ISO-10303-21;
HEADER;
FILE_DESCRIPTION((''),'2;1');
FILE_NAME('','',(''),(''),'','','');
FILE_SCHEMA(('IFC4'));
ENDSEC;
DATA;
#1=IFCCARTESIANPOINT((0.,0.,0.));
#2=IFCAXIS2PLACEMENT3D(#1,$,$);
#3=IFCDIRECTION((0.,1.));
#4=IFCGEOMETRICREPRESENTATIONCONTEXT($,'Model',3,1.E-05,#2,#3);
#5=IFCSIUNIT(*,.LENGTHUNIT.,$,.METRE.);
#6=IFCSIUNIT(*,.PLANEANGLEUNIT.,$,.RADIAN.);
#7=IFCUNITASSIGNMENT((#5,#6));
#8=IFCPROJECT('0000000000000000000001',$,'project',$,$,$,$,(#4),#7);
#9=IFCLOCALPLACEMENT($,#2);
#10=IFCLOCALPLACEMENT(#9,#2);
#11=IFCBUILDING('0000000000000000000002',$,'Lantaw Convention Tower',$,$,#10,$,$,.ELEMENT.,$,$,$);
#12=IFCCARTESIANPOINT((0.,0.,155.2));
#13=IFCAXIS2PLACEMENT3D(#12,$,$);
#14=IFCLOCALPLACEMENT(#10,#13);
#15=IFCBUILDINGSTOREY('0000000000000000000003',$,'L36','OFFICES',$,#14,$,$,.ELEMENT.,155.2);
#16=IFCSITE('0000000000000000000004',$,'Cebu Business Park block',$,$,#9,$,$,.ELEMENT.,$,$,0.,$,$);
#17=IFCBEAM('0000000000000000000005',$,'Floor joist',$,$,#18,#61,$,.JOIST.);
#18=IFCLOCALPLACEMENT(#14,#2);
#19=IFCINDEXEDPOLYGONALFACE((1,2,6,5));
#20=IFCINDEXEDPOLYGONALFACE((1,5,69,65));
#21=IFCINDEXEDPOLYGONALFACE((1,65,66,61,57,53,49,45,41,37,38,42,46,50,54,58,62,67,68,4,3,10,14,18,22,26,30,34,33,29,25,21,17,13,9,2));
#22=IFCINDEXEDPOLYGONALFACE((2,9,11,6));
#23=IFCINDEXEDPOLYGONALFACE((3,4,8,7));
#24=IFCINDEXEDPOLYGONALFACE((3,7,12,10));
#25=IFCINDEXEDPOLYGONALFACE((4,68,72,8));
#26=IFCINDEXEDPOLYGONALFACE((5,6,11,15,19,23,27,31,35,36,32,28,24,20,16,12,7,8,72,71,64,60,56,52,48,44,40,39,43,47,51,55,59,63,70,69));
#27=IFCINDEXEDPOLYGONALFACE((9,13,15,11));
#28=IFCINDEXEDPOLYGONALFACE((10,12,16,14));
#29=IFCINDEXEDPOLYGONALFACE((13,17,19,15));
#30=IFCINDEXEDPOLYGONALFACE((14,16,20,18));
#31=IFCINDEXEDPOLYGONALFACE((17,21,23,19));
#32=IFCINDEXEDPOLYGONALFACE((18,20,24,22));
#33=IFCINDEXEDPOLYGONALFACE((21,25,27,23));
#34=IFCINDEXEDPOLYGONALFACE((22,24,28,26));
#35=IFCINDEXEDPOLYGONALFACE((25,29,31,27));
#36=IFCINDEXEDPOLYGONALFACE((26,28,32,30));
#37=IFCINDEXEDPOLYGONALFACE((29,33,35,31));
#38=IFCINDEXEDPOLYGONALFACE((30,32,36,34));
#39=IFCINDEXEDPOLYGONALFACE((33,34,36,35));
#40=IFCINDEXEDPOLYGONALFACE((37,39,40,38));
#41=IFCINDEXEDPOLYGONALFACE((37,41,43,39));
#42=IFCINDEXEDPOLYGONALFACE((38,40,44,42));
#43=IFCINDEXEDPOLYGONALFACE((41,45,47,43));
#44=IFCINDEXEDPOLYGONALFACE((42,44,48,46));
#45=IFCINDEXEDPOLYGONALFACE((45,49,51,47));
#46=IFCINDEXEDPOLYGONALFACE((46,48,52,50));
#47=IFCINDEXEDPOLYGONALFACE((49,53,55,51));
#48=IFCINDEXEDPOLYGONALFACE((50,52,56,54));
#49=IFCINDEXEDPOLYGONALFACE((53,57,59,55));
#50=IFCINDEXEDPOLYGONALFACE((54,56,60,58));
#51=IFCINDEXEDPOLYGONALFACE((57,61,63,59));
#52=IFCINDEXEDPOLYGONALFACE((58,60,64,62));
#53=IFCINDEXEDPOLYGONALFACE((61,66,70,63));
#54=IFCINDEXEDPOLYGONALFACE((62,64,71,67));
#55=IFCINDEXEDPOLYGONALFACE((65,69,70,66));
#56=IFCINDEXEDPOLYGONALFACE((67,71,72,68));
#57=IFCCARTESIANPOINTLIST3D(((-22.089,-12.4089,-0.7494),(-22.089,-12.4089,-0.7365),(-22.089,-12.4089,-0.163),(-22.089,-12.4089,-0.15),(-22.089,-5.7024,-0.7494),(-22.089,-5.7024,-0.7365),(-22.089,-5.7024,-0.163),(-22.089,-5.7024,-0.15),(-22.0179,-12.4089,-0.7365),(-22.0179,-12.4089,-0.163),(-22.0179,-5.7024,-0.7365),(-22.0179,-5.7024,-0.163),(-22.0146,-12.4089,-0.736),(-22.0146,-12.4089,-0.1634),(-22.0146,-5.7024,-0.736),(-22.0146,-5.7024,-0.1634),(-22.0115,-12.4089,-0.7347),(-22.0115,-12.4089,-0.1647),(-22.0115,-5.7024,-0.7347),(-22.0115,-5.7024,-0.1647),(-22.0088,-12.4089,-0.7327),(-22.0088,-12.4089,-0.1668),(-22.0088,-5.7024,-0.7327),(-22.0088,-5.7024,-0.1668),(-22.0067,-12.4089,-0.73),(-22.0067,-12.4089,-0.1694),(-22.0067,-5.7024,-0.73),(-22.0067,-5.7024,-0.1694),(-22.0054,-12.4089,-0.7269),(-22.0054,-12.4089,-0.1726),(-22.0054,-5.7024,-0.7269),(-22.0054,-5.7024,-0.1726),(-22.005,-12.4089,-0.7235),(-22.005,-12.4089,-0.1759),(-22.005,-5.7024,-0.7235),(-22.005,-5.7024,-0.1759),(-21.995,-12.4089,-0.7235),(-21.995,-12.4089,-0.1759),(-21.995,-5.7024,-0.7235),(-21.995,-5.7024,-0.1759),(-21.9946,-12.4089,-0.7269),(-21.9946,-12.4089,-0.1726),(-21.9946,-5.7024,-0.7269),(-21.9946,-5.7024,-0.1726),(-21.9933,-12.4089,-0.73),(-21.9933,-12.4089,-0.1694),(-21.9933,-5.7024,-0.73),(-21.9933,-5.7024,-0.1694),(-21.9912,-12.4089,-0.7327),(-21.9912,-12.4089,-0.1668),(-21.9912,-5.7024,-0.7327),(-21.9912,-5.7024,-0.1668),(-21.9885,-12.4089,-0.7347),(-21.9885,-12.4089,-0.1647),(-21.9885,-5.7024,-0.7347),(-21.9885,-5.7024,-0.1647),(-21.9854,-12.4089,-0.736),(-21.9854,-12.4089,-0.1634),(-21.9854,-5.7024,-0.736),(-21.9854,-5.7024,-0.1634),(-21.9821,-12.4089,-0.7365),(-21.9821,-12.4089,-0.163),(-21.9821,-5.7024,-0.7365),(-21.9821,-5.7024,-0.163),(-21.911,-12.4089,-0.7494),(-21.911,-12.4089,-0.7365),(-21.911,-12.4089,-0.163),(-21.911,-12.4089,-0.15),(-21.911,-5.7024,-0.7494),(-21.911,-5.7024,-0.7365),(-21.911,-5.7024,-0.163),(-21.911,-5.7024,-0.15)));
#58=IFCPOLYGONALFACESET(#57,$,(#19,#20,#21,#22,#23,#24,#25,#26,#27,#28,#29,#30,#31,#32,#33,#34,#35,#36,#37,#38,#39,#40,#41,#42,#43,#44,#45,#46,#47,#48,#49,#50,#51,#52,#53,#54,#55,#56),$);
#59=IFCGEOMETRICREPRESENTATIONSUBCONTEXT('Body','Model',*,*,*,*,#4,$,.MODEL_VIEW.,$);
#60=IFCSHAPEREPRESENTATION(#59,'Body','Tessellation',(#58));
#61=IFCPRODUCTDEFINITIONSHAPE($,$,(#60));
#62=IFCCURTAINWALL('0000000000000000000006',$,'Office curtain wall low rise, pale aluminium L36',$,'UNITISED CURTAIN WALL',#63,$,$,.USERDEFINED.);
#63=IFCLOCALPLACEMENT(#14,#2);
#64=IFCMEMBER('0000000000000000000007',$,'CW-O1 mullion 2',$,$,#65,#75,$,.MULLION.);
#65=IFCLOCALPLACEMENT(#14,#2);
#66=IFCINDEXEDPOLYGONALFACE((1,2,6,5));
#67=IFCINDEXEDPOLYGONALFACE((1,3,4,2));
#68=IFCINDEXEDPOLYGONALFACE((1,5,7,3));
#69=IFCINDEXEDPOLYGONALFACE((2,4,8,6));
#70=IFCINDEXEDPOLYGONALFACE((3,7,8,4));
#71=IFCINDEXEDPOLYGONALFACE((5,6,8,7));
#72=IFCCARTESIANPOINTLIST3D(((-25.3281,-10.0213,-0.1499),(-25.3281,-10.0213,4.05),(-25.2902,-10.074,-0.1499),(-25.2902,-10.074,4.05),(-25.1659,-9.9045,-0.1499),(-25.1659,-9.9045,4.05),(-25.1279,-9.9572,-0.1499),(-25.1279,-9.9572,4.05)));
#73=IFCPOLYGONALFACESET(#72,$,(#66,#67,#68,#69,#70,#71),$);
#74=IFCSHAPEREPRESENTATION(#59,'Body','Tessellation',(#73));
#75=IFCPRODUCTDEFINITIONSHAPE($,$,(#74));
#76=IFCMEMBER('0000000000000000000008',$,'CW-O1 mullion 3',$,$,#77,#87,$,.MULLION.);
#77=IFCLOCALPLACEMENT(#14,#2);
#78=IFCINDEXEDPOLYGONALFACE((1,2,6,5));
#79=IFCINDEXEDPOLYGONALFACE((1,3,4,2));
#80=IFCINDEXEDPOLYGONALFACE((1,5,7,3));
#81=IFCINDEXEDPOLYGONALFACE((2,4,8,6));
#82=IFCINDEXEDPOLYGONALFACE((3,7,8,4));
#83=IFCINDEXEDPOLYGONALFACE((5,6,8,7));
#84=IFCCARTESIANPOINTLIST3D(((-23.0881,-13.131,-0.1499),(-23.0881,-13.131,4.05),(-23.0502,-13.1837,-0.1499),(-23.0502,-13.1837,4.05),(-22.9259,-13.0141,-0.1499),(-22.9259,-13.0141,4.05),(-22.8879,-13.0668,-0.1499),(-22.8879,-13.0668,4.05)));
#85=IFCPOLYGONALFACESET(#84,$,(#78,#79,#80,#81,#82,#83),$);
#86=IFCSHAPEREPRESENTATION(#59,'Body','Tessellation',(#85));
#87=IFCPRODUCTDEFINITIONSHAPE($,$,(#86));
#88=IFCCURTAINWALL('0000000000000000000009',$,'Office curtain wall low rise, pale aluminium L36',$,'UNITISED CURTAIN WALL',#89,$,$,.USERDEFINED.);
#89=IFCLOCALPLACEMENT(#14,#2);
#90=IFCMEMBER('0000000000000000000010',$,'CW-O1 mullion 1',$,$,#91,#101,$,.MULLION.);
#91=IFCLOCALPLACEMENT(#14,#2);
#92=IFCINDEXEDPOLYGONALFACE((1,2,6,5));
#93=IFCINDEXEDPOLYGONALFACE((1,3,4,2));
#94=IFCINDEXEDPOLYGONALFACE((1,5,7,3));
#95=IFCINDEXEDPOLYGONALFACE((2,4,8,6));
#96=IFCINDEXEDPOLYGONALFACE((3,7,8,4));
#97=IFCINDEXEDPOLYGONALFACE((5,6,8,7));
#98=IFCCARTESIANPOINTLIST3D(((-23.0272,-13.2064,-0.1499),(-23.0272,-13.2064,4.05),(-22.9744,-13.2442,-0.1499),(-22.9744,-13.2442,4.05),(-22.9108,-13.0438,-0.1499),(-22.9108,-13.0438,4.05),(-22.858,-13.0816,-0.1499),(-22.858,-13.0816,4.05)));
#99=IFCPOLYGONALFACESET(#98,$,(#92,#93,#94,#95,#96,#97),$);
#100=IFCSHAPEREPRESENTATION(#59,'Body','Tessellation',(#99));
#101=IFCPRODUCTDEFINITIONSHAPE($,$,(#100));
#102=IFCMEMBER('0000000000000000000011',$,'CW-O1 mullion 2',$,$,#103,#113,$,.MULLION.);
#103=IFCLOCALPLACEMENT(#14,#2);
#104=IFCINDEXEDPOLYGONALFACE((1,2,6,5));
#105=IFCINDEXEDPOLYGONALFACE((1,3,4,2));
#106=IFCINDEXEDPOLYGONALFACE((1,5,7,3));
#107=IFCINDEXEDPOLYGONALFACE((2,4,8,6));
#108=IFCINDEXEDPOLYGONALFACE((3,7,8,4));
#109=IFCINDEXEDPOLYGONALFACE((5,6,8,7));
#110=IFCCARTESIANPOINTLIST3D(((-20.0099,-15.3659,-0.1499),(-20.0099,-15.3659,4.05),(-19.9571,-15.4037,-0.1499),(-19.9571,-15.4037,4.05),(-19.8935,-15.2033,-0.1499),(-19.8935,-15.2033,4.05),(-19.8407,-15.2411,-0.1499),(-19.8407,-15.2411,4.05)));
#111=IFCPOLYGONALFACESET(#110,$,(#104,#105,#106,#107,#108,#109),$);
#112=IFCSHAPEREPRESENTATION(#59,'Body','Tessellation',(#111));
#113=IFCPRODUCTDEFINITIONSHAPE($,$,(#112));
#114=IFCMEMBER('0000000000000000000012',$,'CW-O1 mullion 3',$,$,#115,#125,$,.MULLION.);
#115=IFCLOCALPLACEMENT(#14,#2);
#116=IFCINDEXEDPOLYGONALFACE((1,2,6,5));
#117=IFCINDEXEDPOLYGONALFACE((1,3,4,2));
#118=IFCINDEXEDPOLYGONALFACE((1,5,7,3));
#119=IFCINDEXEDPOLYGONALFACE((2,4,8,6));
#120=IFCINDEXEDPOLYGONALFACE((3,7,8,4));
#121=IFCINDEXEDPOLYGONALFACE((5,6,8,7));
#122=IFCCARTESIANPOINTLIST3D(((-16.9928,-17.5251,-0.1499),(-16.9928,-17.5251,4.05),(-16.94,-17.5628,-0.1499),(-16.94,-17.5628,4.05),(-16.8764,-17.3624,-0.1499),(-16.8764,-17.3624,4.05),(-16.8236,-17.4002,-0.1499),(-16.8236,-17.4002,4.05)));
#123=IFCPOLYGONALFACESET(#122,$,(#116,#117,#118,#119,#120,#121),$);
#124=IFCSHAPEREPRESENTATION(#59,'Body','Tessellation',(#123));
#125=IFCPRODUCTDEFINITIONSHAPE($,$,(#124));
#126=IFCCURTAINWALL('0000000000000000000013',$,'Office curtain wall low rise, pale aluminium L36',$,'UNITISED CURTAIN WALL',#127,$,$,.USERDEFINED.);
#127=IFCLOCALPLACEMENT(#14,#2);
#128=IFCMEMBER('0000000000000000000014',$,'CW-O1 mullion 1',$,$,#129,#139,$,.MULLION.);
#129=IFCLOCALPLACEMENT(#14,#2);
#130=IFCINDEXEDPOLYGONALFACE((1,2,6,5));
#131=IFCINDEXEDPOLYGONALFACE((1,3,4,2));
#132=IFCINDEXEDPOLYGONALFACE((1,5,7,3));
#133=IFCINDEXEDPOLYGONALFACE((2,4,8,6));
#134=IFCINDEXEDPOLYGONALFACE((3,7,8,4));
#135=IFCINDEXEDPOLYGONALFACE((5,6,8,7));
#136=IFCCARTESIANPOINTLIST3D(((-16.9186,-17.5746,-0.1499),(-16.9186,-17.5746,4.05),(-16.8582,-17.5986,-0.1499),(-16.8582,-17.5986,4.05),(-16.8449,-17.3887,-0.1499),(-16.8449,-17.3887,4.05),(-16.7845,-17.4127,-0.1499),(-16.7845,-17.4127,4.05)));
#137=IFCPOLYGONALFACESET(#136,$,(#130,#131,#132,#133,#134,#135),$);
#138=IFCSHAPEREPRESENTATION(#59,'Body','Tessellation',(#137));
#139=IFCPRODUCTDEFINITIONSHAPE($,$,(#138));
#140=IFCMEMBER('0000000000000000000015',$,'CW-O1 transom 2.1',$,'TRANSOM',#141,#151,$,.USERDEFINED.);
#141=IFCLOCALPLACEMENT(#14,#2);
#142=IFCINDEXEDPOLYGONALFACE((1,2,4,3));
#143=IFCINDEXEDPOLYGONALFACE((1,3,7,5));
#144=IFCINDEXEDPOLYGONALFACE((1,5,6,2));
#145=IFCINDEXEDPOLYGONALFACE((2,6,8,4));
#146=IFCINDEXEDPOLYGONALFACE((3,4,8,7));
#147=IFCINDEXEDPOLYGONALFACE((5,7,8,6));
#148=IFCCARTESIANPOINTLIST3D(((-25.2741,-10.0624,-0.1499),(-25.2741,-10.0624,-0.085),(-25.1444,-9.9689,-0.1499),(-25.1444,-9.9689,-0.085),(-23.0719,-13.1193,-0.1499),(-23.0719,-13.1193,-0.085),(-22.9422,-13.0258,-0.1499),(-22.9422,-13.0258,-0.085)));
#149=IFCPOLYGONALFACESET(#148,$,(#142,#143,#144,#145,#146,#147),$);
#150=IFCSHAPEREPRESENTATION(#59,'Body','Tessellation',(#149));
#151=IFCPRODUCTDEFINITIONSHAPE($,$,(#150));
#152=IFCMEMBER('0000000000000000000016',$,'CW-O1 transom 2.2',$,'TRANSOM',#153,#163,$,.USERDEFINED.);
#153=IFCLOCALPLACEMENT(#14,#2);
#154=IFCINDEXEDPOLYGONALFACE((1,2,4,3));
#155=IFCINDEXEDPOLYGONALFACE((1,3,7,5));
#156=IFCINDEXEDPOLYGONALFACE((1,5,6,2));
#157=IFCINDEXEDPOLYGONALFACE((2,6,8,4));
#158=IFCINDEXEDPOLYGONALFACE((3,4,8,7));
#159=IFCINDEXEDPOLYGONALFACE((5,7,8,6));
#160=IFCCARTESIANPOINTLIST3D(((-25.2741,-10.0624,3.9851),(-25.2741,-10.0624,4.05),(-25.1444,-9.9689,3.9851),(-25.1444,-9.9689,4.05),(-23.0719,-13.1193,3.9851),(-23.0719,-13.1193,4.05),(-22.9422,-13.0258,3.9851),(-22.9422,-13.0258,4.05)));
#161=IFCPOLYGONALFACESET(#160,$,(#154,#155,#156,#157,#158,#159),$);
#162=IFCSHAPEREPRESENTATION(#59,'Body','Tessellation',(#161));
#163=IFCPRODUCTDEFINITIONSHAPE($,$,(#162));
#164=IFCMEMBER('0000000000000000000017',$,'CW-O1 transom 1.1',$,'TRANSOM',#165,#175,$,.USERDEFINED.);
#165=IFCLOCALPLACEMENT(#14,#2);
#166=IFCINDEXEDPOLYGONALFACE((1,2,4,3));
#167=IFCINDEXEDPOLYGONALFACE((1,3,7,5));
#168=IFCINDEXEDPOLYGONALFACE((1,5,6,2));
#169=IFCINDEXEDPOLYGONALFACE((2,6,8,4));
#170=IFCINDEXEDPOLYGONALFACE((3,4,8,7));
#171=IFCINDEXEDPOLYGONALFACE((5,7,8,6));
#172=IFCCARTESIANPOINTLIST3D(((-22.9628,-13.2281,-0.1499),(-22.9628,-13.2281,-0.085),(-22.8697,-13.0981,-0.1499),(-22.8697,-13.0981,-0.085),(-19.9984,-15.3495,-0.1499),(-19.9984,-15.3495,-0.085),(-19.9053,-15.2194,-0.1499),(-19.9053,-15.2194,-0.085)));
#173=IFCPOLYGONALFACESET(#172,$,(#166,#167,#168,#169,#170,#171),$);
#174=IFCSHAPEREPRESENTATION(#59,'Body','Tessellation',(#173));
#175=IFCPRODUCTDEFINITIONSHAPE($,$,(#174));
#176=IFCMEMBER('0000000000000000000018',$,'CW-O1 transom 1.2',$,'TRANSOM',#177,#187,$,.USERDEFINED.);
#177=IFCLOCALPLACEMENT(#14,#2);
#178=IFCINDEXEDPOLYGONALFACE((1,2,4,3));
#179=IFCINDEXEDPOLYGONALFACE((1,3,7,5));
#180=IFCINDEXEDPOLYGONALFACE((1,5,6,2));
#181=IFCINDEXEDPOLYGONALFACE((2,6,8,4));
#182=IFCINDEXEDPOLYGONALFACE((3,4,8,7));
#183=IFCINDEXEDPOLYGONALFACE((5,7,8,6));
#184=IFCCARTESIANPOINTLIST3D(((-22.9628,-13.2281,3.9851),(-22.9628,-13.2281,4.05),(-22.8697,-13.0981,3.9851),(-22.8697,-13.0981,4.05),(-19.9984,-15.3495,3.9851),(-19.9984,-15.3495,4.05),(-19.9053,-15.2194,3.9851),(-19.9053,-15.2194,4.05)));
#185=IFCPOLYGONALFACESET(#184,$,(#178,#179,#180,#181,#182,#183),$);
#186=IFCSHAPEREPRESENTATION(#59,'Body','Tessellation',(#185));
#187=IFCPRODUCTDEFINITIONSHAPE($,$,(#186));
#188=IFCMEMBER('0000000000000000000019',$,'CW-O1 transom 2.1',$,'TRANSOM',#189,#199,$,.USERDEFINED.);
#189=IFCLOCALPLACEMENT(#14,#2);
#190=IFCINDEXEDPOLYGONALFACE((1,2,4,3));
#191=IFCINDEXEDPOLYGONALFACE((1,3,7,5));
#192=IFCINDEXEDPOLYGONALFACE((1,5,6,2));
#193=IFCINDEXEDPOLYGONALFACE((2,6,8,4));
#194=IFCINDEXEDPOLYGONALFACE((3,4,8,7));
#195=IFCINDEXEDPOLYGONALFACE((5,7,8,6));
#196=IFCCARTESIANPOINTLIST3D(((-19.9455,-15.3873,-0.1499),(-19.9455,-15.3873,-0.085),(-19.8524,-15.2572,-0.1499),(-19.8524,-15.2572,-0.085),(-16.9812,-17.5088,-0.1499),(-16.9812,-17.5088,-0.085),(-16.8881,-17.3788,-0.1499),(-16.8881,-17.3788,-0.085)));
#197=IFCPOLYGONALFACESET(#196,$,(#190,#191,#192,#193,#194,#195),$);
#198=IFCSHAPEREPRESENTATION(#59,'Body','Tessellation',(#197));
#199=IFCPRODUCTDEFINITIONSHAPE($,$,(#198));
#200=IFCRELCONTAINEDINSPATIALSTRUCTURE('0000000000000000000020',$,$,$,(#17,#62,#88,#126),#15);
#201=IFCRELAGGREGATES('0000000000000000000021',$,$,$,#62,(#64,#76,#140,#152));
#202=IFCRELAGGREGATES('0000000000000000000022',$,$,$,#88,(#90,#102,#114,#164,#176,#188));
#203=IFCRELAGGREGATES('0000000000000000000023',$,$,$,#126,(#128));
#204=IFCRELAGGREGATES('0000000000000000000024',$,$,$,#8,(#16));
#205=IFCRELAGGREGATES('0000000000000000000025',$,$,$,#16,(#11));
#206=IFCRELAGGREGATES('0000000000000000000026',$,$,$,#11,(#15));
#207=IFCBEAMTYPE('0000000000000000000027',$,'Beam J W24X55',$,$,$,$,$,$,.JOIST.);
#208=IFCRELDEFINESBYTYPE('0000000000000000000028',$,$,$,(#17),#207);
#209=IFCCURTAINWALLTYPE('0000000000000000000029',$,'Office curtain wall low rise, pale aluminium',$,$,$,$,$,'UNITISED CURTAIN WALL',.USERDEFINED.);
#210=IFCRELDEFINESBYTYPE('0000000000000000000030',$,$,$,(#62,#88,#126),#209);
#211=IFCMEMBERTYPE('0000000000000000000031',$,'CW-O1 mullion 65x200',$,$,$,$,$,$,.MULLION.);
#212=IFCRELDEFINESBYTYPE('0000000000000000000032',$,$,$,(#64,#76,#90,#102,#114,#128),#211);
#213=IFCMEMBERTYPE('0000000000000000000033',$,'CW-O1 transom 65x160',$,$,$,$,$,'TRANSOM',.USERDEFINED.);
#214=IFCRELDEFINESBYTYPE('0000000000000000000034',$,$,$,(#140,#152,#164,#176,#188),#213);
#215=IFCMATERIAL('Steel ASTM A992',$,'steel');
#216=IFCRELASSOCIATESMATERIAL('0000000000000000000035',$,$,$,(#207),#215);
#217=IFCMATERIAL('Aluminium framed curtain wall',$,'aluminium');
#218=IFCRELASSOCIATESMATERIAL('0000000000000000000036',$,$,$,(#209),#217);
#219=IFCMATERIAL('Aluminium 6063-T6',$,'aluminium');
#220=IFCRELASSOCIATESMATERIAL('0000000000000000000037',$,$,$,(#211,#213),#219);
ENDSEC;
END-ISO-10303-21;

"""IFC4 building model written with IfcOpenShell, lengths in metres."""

from ifc_helpers import new_model, si_unit, direction, frame, origin, origin_2d, place, context, subcontext, project, spatial, rectangle, i_section, extrude, material, material_profile, profile_set, type_object, element, aggregate, save


model = new_model("IFC4")

# Units and contexts
model_context = context("Model", 3, precision=1e-05, world=origin(), true_north=direction((0.0, 1.0)))
body_context = subcontext(model_context, "Body", "Model", "MODEL_VIEW")
ifc_project = project(units=[si_unit("LENGTHUNIT", "METRE"), si_unit("PLANEANGLEUNIT", "RADIAN")], contexts=[model_context])

# Site, building, storey
site_placement = place(None, origin())
site = spatial("IfcSite", under=ifc_project, at=site_placement, Name="Cebu Business Park block", CompositionType="ELEMENT", RefElevation=0.0)
building_placement = place(site_placement, origin())
building = spatial("IfcBuilding", under=site, at=building_placement, Name="Lantaw Convention Tower", CompositionType="ELEMENT")
storey_placement = place(building_placement, frame((0.0, 0.0, 155.2)))
storey = spatial("IfcBuildingStorey", under=building, at=storey_placement, Name="L36", Description="OFFICES", CompositionType="ELEMENT", Elevation=155.2)

# Beam
ifc_material_1 = material(Name="Steel ASTM A992", Category="steel")
ifc_material_profile_1 = material_profile(ifc_material_1, i_section(OverallWidth=0.178, OverallDepth=0.5994, WebThickness=0.01, FlangeThickness=0.0129, FilletRadius=0.0129, at=origin_2d()), Name="W24X55")
ifc_profile_set_1 = profile_set([ifc_material_profile_1], Name="Steel ASTM A992")
beam_type_1 = type_object("IfcBeamType", Name="Beam J W24X55", PredefinedType="JOIST", material=ifc_profile_set_1)
beam_1_placement = place(storey_placement, frame((-22.0, -12.4089, -0.4497), z_axis=(0.0, 1.0, 0.0), x_axis=(-1.0, 0.0, 0.0)))
element("IfcBeam", 1, at=beam_1_placement, inside=storey, type_object=beam_type_1, Name="Floor joist", PredefinedType="JOIST", context=body_context, shape_type="SweptSolid", body=[
    extrude(i_section(OverallWidth=0.178, OverallDepth=0.5994, WebThickness=0.01, FlangeThickness=0.0129, FilletRadius=0.0129, at=origin_2d()), origin(), (0.0, 0.0, 1.0), 6.7065),
])

# Curtain walls, members
ifc_material_2 = material(Name="Aluminium framed curtain wall", Category="aluminium")
curtain_wall_type = type_object("IfcCurtainWallType", Name="Office curtain wall low rise, pale aluminium", ElementType="UNITISED CURTAIN WALL", PredefinedType="USERDEFINED", material=ifc_material_2)
curtain_wall_1_placement = place(storey_placement, origin())
curtain_wall_1 = element("IfcCurtainWall", 2, at=curtain_wall_1_placement, inside=storey, type_object=curtain_wall_type, Name="Office curtain wall low rise, pale aluminium L36", ObjectType="UNITISED CURTAIN WALL", PredefinedType="USERDEFINED")
ifc_material_3 = material(Name="Aluminium 6063-T6", Category="aluminium")
ifc_material_profile_2 = material_profile(ifc_material_3, rectangle(XDim=0.2, YDim=0.0649, at=origin_2d()), Name="CW-O1 mullion 65x200")
ifc_profile_set_2 = profile_set([ifc_material_profile_2], Name="Aluminium 6063-T6")
member_type_1 = type_object("IfcMemberType", Name="CW-O1 mullion 65x200", PredefinedType="MULLION", material=ifc_profile_set_2)
member_1_placement = place(storey_placement, frame((-25.228, -9.9893, -0.1499), z_axis=(0.0, 0.0, 1.0), x_axis=(0.811385, 0.584513, 0.0)))
member_1 = element("IfcMember", 3, at=member_1_placement, type_object=member_type_1, Name="CW-O1 mullion 2", PredefinedType="MULLION", context=body_context, shape_type="SweptSolid", body=[
    extrude(rectangle(XDim=0.2, YDim=0.0649, at=origin_2d()), origin(), (0.0, 0.0, 1.0), 4.2),
])
member_2_placement = place(storey_placement, frame((-22.988, -13.0989, -0.1499), z_axis=(0.0, 0.0, 1.0), x_axis=(0.811385, 0.584513, 0.0)))
member_2 = element("IfcMember", 4, at=member_2_placement, type_object=member_type_1, Name="CW-O1 mullion 3", PredefinedType="MULLION", context=body_context, shape_type="SweptSolid", body=[
    extrude(rectangle(XDim=0.2, YDim=0.0649, at=origin_2d()), origin(), (0.0, 0.0, 1.0), 4.2),
])
curtain_wall_2_placement = place(storey_placement, origin())
curtain_wall_2 = element("IfcCurtainWall", 5, at=curtain_wall_2_placement, inside=storey, type_object=curtain_wall_type, Name="Office curtain wall low rise, pale aluminium L36", ObjectType="UNITISED CURTAIN WALL", PredefinedType="USERDEFINED")
member_3_placement = place(storey_placement, frame((-22.9426, -13.144, -0.1499), z_axis=(0.0, 0.0, 1.0), x_axis=(0.581973, 0.813208, 0.0)))
member_3 = element("IfcMember", 6, at=member_3_placement, type_object=member_type_1, Name="CW-O1 mullion 1", PredefinedType="MULLION", context=body_context, shape_type="SweptSolid", body=[
    extrude(rectangle(XDim=0.2, YDim=0.0649, at=origin_2d()), origin(), (0.0, 0.0, 1.0), 4.2),
])
member_4_placement = place(storey_placement, frame((-19.9253, -15.3035, -0.1499), z_axis=(0.0, 0.0, 1.0), x_axis=(0.581973, 0.813208, 0.0)))
member_4 = element("IfcMember", 7, at=member_4_placement, type_object=member_type_1, Name="CW-O1 mullion 2", PredefinedType="MULLION", context=body_context, shape_type="SweptSolid", body=[
    extrude(rectangle(XDim=0.2, YDim=0.0649, at=origin_2d()), origin(), (0.0, 0.0, 1.0), 4.2),
])
member_5_placement = place(storey_placement, frame((-16.9082, -17.4626, -0.1499), z_axis=(0.0, 0.0, 1.0), x_axis=(0.581973, 0.813208, 0.0)))
member_5 = element("IfcMember", 8, at=member_5_placement, type_object=member_type_1, Name="CW-O1 mullion 3", PredefinedType="MULLION", context=body_context, shape_type="SweptSolid", body=[
    extrude(rectangle(XDim=0.2, YDim=0.0649, at=origin_2d()), origin(), (0.0, 0.0, 1.0), 4.2),
])

# Curtain wall, member
curtain_wall_3_placement = place(storey_placement, origin())
curtain_wall_3 = element("IfcCurtainWall", 9, at=curtain_wall_3_placement, inside=storey, type_object=curtain_wall_type, Name="Office curtain wall low rise, pale aluminium L36", ObjectType="UNITISED CURTAIN WALL", PredefinedType="USERDEFINED")
member_6_placement = place(storey_placement, frame((-16.8516, -17.4937, -0.1499), z_axis=(0.0, 0.0, 1.0), x_axis=(0.368702, 0.929548, 0.0)))
member_6 = element("IfcMember", 10, at=member_6_placement, type_object=member_type_1, Name="CW-O1 mullion 1", PredefinedType="MULLION", context=body_context, shape_type="SweptSolid", body=[
    extrude(rectangle(XDim=0.2, YDim=0.0649, at=origin_2d()), origin(), (0.0, 0.0, 1.0), 4.2),
])

# Members
ifc_material_profile_3 = material_profile(ifc_material_3, rectangle(XDim=0.1599, YDim=0.0649, at=origin_2d()), Name="CW-O1 transom 65x160")
ifc_profile_set_3 = profile_set([ifc_material_profile_3], Name="Aluminium 6063-T6")
member_type_2 = type_object("IfcMemberType", Name="CW-O1 transom 65x160", ElementType="TRANSOM", PredefinedType="USERDEFINED", material=ifc_profile_set_3)
member_7_placement = place(storey_placement, frame((-25.2092, -10.0156, -0.1174), z_axis=(0.584513, -0.811384, 0.0), x_axis=(0.811384, 0.584513, 0.0)))
member_7 = element("IfcMember", 11, at=member_7_placement, type_object=member_type_2, Name="CW-O1 transom 2.1", ObjectType="TRANSOM", PredefinedType="USERDEFINED", context=body_context, shape_type="SweptSolid", body=[
    extrude(rectangle(XDim=0.1599, YDim=0.0649, at=origin_2d()), origin(), (0.0, 0.0, 1.0), 3.7676),
])
member_8_placement = place(storey_placement, frame((-25.2092, -10.0156, 4.0176), z_axis=(0.584513, -0.811384, 0.0), x_axis=(0.811384, 0.584513, 0.0)))
member_8 = element("IfcMember", 12, at=member_8_placement, type_object=member_type_2, Name="CW-O1 transom 2.2", ObjectType="TRANSOM", PredefinedType="USERDEFINED", context=body_context, shape_type="SweptSolid", body=[
    extrude(rectangle(XDim=0.1599, YDim=0.0649, at=origin_2d()), origin(), (0.0, 0.0, 1.0), 3.7676),
])
member_9_placement = place(storey_placement, frame((-22.9163, -13.1631, -0.1174), z_axis=(0.813222, -0.581954, 0.0), x_axis=(0.581954, 0.813222, 0.0)))
member_9 = element("IfcMember", 13, at=member_9_placement, type_object=member_type_2, Name="CW-O1 transom 1.1", ObjectType="TRANSOM", PredefinedType="USERDEFINED", context=body_context, shape_type="SweptSolid", body=[
    extrude(rectangle(XDim=0.1599, YDim=0.0649, at=origin_2d()), origin(), (0.0, 0.0, 1.0), 3.6453),
])
member_10_placement = place(storey_placement, frame((-22.9163, -13.1631, 4.0176), z_axis=(0.813222, -0.581954, 0.0), x_axis=(0.581954, 0.813222, 0.0)))
member_10 = element("IfcMember", 14, at=member_10_placement, type_object=member_type_2, Name="CW-O1 transom 1.2", ObjectType="TRANSOM", PredefinedType="USERDEFINED", context=body_context, shape_type="SweptSolid", body=[
    extrude(rectangle(XDim=0.1599, YDim=0.0649, at=origin_2d()), origin(), (0.0, 0.0, 1.0), 3.6453),
])
member_11_placement = place(storey_placement, frame((-19.8989, -15.3223, -0.1174), z_axis=(0.81319, -0.581998, 0.0), x_axis=(0.581998, 0.81319, 0.0)))
member_11 = element("IfcMember", 15, at=member_11_placement, type_object=member_type_2, Name="CW-O1 transom 2.1", ObjectType="TRANSOM", PredefinedType="USERDEFINED", context=body_context, shape_type="SweptSolid", body=[
    extrude(rectangle(XDim=0.1599, YDim=0.0649, at=origin_2d()), origin(), (0.0, 0.0, 1.0), 3.6453),
])

aggregate(curtain_wall_1, [member_1, member_2, member_7, member_8])
aggregate(curtain_wall_2, [member_3, member_4, member_5, member_9, member_10, member_11])
aggregate(curtain_wall_3, [member_6])

save(model, "model.ifc")
